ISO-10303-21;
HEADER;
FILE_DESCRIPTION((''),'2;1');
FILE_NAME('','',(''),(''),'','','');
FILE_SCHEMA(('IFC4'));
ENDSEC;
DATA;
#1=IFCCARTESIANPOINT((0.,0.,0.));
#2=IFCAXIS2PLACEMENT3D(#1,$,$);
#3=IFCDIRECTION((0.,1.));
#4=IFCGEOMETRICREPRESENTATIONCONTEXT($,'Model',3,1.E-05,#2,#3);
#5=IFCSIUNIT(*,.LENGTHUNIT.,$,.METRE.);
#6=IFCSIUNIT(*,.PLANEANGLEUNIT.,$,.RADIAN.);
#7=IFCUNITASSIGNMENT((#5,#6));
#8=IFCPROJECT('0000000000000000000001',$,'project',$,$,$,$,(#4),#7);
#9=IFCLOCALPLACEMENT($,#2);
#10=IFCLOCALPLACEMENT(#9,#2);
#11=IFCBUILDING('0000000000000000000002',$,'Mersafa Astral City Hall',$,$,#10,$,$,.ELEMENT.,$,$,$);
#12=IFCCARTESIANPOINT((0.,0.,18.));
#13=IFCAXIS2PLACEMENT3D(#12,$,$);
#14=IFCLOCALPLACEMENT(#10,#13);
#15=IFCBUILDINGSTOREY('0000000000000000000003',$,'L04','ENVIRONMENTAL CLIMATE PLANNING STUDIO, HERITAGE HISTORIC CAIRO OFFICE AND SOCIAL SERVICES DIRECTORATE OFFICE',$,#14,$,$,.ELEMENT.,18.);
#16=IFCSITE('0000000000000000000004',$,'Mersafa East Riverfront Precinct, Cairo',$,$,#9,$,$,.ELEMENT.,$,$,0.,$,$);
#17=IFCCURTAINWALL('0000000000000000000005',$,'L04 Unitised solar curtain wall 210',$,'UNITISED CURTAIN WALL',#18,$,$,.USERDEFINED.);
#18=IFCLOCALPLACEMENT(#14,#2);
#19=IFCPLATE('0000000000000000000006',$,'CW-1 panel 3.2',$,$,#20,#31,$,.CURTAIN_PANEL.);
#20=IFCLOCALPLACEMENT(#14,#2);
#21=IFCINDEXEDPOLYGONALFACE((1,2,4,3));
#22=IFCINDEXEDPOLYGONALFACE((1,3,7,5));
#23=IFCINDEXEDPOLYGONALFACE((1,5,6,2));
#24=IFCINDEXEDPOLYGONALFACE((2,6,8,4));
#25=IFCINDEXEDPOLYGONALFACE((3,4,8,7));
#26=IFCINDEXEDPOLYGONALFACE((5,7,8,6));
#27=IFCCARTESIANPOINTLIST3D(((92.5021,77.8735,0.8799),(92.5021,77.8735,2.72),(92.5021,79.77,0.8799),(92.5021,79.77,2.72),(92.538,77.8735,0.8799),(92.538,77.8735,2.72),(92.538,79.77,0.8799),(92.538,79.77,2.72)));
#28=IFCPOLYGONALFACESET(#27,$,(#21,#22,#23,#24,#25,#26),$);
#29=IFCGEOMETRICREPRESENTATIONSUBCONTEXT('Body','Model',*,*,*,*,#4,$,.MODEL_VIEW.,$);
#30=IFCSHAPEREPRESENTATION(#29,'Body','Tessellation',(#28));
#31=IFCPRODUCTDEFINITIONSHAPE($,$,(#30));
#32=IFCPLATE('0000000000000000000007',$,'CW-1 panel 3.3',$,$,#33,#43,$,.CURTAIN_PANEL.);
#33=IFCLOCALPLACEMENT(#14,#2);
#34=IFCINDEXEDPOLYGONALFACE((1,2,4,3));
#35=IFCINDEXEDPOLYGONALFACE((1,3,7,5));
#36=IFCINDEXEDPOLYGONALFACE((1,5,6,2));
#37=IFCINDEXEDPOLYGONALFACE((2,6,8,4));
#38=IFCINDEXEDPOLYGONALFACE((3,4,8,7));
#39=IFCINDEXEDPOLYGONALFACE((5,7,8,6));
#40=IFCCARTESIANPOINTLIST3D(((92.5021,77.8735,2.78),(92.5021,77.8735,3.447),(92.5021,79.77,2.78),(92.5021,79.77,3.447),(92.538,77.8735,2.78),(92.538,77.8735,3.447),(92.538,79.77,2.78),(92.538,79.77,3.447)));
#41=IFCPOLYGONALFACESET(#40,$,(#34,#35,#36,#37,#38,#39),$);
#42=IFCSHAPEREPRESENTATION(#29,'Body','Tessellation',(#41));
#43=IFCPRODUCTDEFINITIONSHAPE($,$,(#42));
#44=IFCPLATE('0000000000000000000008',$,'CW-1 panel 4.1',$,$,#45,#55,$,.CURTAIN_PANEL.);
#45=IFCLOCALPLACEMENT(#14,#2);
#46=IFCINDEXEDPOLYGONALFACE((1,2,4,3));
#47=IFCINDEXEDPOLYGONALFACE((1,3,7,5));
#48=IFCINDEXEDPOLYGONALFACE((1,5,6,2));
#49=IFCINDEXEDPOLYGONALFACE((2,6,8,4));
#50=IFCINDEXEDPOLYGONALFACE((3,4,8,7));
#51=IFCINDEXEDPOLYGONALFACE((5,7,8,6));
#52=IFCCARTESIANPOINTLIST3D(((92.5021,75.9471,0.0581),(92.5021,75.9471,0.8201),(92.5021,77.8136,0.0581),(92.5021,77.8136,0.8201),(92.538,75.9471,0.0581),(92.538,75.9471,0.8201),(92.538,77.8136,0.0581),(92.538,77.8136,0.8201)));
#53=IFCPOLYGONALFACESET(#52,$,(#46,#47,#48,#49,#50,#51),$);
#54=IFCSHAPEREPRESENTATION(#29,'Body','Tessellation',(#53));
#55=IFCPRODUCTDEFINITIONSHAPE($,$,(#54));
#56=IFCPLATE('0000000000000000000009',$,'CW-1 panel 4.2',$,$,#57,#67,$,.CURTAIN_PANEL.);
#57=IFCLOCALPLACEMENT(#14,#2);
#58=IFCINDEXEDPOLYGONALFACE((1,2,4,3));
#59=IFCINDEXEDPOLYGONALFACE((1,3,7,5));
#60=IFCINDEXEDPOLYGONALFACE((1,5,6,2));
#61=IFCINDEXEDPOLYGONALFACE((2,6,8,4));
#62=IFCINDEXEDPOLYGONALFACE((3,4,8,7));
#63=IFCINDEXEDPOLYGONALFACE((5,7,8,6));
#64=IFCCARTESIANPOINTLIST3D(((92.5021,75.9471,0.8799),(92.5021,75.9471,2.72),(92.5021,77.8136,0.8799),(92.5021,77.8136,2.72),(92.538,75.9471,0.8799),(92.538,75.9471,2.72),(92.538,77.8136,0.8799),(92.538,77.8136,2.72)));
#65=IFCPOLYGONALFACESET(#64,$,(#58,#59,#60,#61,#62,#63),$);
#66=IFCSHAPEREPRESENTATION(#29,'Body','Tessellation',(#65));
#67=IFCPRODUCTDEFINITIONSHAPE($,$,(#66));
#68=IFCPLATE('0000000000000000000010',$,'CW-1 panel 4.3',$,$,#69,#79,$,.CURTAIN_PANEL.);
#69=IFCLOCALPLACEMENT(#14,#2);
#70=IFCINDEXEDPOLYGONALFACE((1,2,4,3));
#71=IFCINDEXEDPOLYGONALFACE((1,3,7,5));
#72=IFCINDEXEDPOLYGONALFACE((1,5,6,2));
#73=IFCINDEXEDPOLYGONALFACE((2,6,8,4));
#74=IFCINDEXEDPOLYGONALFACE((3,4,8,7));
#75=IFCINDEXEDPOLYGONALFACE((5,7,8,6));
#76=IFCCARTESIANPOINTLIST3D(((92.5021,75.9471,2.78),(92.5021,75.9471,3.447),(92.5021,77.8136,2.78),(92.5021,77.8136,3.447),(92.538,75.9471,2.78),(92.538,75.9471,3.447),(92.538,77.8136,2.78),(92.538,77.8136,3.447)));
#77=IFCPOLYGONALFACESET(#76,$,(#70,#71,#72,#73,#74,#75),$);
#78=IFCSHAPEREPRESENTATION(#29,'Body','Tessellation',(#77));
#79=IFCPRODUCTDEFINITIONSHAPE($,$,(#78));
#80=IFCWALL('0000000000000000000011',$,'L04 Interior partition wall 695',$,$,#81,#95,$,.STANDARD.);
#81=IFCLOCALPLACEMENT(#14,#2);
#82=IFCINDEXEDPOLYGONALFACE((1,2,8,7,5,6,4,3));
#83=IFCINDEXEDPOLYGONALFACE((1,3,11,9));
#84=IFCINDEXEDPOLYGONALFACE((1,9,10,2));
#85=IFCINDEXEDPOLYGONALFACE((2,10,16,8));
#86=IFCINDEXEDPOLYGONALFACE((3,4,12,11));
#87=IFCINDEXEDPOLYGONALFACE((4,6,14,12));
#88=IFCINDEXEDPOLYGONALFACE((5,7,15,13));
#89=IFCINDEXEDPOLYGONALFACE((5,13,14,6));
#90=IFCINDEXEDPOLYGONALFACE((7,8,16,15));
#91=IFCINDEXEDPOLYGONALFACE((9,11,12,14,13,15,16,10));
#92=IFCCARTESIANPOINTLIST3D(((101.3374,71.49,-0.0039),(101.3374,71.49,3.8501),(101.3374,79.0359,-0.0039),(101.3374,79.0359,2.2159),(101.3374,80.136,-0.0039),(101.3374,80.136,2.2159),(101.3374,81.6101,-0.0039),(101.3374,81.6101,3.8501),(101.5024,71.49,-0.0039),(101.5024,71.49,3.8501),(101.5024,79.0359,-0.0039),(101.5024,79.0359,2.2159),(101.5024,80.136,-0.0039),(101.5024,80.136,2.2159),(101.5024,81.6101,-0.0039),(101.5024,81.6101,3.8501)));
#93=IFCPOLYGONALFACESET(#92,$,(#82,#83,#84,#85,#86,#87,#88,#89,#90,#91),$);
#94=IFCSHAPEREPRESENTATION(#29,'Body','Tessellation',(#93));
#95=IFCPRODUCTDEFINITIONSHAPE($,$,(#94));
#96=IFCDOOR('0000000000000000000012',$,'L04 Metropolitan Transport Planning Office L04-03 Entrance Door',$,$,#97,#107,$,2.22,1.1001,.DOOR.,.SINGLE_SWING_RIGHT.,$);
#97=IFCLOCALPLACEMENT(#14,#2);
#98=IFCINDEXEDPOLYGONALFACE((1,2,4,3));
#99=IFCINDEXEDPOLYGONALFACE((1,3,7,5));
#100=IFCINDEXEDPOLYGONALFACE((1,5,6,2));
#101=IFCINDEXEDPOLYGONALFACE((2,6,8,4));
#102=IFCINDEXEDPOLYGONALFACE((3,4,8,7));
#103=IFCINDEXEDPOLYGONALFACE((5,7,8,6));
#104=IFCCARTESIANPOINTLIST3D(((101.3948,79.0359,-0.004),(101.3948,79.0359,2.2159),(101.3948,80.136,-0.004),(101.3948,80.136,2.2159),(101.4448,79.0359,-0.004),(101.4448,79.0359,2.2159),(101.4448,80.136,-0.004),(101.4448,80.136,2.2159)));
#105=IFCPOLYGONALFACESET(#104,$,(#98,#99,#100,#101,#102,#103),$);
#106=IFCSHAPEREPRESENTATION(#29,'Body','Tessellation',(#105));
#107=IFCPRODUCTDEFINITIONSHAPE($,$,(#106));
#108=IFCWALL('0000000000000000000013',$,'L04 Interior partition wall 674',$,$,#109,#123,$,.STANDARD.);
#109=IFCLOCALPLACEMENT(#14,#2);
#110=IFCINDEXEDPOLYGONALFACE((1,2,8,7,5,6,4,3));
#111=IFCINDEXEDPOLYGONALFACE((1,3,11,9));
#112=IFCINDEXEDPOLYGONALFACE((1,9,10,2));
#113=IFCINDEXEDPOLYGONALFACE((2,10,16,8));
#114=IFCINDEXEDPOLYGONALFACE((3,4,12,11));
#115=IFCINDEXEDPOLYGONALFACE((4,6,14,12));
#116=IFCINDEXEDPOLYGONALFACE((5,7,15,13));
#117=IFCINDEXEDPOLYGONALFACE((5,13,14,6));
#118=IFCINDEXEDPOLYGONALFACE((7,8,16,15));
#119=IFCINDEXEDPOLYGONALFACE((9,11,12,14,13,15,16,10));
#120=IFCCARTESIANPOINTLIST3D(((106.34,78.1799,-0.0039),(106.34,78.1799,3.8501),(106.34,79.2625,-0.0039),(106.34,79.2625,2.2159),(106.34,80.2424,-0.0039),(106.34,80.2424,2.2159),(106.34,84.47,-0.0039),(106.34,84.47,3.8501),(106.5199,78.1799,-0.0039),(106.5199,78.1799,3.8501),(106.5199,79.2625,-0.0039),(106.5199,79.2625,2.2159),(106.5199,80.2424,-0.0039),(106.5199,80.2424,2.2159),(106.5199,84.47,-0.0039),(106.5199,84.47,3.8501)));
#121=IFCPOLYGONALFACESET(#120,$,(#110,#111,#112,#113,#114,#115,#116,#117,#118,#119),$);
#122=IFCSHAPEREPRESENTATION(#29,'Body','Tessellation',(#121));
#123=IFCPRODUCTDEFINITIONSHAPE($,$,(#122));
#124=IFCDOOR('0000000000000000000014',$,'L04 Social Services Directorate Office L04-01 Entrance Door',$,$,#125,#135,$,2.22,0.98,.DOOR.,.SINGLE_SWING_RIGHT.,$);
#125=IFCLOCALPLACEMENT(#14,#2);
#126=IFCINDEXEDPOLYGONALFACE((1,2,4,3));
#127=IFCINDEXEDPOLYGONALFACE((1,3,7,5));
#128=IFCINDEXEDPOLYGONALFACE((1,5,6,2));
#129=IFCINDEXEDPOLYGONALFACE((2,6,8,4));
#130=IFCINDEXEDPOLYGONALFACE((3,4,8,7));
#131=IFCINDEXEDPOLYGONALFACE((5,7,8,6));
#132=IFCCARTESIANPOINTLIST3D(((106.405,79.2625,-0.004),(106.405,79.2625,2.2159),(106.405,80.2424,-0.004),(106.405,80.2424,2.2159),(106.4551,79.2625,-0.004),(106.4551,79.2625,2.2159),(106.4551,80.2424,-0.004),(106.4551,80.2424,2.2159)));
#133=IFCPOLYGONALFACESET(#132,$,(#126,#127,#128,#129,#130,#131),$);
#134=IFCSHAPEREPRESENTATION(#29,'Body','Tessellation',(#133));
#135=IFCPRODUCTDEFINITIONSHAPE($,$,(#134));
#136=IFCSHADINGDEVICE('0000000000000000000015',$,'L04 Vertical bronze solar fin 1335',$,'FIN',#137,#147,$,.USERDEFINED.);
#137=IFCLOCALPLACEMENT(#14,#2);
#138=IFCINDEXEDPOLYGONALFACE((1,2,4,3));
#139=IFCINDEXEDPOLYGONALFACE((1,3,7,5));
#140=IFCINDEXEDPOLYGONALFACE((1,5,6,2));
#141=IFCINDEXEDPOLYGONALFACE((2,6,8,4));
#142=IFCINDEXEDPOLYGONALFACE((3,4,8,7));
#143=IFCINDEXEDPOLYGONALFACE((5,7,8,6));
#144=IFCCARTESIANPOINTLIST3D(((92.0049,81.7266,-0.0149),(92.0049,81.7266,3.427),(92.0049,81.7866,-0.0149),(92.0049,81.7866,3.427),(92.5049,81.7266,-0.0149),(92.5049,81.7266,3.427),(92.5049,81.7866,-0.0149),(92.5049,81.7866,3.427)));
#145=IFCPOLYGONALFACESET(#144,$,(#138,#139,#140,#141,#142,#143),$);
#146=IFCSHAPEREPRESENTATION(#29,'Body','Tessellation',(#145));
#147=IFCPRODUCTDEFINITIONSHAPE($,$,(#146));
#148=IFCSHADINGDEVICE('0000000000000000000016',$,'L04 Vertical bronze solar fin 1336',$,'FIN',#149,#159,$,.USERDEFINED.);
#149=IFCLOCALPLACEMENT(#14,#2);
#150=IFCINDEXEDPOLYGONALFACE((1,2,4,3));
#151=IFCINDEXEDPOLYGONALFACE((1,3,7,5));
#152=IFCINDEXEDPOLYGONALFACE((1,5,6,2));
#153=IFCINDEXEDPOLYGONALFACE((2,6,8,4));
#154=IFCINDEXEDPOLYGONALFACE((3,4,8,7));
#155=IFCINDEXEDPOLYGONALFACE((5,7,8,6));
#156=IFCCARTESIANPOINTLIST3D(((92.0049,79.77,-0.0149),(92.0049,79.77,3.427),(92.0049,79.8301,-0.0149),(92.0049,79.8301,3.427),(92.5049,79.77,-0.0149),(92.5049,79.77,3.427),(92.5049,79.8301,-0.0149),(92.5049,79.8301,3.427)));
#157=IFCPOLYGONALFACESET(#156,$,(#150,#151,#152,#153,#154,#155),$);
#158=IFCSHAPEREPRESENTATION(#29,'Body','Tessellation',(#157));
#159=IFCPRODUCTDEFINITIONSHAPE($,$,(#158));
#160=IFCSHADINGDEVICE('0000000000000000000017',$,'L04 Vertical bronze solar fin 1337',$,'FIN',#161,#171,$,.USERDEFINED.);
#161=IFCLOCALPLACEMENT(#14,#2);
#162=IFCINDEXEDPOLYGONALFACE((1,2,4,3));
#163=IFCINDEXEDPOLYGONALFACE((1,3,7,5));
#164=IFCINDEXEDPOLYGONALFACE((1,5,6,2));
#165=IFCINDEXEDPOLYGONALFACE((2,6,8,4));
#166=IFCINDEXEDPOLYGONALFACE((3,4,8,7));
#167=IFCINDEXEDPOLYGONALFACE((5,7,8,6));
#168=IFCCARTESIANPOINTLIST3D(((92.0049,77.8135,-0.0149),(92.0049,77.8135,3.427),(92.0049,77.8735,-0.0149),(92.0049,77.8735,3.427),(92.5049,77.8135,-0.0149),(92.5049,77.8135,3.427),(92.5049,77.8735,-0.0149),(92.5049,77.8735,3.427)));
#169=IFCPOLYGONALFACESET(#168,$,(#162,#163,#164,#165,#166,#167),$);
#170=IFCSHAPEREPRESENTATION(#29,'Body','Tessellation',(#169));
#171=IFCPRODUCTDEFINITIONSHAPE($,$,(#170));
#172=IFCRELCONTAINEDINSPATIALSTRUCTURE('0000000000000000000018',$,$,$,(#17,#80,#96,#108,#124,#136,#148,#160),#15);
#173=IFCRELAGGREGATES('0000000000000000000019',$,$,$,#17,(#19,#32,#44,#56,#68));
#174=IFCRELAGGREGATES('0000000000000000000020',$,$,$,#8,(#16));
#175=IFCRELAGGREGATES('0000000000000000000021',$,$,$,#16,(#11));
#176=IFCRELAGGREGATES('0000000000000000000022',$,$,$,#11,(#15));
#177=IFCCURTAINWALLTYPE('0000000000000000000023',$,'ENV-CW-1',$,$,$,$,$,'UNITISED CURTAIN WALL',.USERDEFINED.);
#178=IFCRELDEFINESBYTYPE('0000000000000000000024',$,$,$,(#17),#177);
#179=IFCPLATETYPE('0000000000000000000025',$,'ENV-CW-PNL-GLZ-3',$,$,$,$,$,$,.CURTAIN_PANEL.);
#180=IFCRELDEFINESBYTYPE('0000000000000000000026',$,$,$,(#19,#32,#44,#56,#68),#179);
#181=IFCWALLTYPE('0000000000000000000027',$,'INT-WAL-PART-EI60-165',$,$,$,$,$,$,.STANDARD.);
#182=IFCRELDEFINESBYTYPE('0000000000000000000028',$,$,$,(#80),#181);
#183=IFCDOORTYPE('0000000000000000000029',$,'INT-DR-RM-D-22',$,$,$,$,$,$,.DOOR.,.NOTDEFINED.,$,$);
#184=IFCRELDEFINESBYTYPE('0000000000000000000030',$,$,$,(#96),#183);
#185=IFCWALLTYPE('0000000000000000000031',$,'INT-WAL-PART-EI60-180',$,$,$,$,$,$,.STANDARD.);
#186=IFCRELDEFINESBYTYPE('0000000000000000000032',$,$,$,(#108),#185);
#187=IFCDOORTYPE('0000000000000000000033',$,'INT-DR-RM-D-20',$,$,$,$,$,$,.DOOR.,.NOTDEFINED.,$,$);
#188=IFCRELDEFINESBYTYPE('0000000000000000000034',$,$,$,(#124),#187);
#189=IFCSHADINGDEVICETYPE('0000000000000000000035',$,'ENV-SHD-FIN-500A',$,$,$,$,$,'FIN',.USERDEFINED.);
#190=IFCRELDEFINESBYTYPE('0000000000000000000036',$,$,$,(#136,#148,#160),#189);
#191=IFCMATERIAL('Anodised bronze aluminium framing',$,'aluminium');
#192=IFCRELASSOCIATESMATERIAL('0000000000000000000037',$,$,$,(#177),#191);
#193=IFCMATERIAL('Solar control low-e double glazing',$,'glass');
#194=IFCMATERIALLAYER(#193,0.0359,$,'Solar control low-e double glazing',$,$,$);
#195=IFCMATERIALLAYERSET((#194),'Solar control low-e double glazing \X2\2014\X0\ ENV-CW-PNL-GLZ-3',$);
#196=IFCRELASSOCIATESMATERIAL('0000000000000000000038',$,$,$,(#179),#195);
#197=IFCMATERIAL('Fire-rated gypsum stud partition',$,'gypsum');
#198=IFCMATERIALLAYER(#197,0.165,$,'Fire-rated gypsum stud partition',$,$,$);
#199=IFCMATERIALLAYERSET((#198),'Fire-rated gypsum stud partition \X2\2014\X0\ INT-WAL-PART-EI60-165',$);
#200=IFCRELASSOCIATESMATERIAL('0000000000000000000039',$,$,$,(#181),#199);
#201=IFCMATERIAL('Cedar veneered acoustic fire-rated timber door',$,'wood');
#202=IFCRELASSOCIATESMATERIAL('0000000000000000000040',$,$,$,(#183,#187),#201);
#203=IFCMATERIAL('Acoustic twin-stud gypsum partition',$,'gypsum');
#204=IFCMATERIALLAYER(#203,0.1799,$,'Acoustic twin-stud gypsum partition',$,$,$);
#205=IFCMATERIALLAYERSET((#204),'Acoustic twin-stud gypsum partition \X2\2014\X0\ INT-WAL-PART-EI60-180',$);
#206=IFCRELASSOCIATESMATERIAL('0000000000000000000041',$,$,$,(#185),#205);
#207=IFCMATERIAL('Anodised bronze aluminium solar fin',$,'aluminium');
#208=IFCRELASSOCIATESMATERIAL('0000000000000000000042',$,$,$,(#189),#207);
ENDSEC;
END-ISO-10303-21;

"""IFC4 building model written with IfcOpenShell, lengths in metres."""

from ifc_helpers import new_model, si_unit, direction, frame, frame_2d, origin, origin_2d, place, context, subcontext, project, spatial, rectangle, extrude, material, layer, layer_set, type_object, element, fill, aggregate, save


model = new_model("IFC4")

# Units and contexts
model_context = context("Model", 3, precision=1e-05, world=origin(), true_north=direction((0.0, 1.0)))
body_context = subcontext(model_context, "Body", "Model", "MODEL_VIEW")
ifc_project = project(units=[si_unit("LENGTHUNIT", "METRE"), si_unit("PLANEANGLEUNIT", "RADIAN")], contexts=[model_context])

# Site, building, storey
site_placement = place(None, origin())
site = spatial("IfcSite", under=ifc_project, at=site_placement, Name="Mersafa East Riverfront Precinct, Cairo", CompositionType="ELEMENT", RefElevation=0.0)
building_placement = place(site_placement, origin())
building = spatial("IfcBuilding", under=site, at=building_placement, Name="Mersafa Astral City Hall", CompositionType="ELEMENT")
storey_placement = place(building_placement, frame((0.0, 0.0, 18.0)))
storey = spatial("IfcBuildingStorey", under=building, at=storey_placement, Name="L04", Description="ENVIRONMENTAL CLIMATE PLANNING STUDIO, HERITAGE HISTORIC CAIRO OFFICE AND SOCIAL SERVICES DIRECTORATE OFFICE", CompositionType="ELEMENT", Elevation=18.0)

# Curtain wall, plates
ifc_material_1 = material(Name="Anodised bronze aluminium framing", Category="aluminium")
curtain_wall_type = type_object("IfcCurtainWallType", Name="ENV-CW-1", ElementType="UNITISED CURTAIN WALL", PredefinedType="USERDEFINED", material=ifc_material_1)
curtain_wall_placement = place(storey_placement, origin())
curtain_wall = element("IfcCurtainWall", 1, at=curtain_wall_placement, inside=storey, type_object=curtain_wall_type, Name="L04 Unitised solar curtain wall 210", ObjectType="UNITISED CURTAIN WALL", PredefinedType="USERDEFINED")
ifc_material_2 = material(Name="Solar control low-e double glazing", Category="glass")
ifc_layer_1 = layer(ifc_material_2, 0.0359, Name="Solar control low-e double glazing")
ifc_layer_set_1 = layer_set([ifc_layer_1], Name="Solar control low-e double glazing — ENV-CW-PNL-GLZ-3")
plate_type = type_object("IfcPlateType", Name="ENV-CW-PNL-GLZ-3", PredefinedType="CURTAIN_PANEL", material=ifc_layer_set_1)
plate_1_placement = place(storey_placement, frame((92.52, 78.8218, 0.8799), z_axis=(0.0, 0.0, 1.0), x_axis=(0.0, -1.0, 0.0)))
plate_1 = element("IfcPlate", 2, at=plate_1_placement, type_object=plate_type, Name="CW-1 panel 3.2", PredefinedType="CURTAIN_PANEL", context=body_context, shape_type="SweptSolid", body=[
    extrude(rectangle(XDim=1.8965, YDim=0.0359, at=origin_2d()), origin(), (0.0, 0.0, 1.0), 1.8401),
])
plate_2_placement = place(storey_placement, frame((92.52, 78.8218, 2.78), z_axis=(0.0, 0.0, 1.0), x_axis=(0.0, -1.0, 0.0)))
plate_2 = element("IfcPlate", 3, at=plate_2_placement, type_object=plate_type, Name="CW-1 panel 3.3", PredefinedType="CURTAIN_PANEL", context=body_context, shape_type="SweptSolid", body=[
    extrude(rectangle(XDim=1.8965, YDim=0.0359, at=origin_2d()), origin(), (0.0, 0.0, 1.0), 0.667),
])
plate_3_placement = place(storey_placement, frame((92.52, 76.8804, 0.0581), z_axis=(0.0, 0.0, 1.0), x_axis=(0.0, -1.0, 0.0)))
plate_3 = element("IfcPlate", 4, at=plate_3_placement, type_object=plate_type, Name="CW-1 panel 4.1", PredefinedType="CURTAIN_PANEL", context=body_context, shape_type="SweptSolid", body=[
    extrude(rectangle(XDim=1.8665, YDim=0.0359, at=origin_2d()), origin(), (0.0, 0.0, 1.0), 0.762),
])
plate_4_placement = place(storey_placement, frame((92.52, 76.8804, 0.8799), z_axis=(0.0, 0.0, 1.0), x_axis=(0.0, -1.0, 0.0)))
plate_4 = element("IfcPlate", 5, at=plate_4_placement, type_object=plate_type, Name="CW-1 panel 4.2", PredefinedType="CURTAIN_PANEL", context=body_context, shape_type="SweptSolid", body=[
    extrude(rectangle(XDim=1.8665, YDim=0.0359, at=origin_2d()), origin(), (0.0, 0.0, 1.0), 1.8401),
])
plate_5_placement = place(storey_placement, frame((92.52, 76.8804, 2.78), z_axis=(0.0, 0.0, 1.0), x_axis=(0.0, -1.0, 0.0)))
plate_5 = element("IfcPlate", 6, at=plate_5_placement, type_object=plate_type, Name="CW-1 panel 4.3", PredefinedType="CURTAIN_PANEL", context=body_context, shape_type="SweptSolid", body=[
    extrude(rectangle(XDim=1.8665, YDim=0.0359, at=origin_2d()), origin(), (0.0, 0.0, 1.0), 0.667),
])
aggregate(curtain_wall, [plate_1, plate_2, plate_3, plate_4, plate_5])

# Walls, openings, doors
ifc_material_3 = material(Name="Fire-rated gypsum stud partition", Category="gypsum")
ifc_layer_2 = layer(ifc_material_3, 0.165, Name="Fire-rated gypsum stud partition")
ifc_layer_set_2 = layer_set([ifc_layer_2], Name="Fire-rated gypsum stud partition — INT-WAL-PART-EI60-165")
wall_type_1 = type_object("IfcWallType", Name="INT-WAL-PART-EI60-165", PredefinedType="STANDARD", material=ifc_layer_set_2)
wall_1_placement = place(storey_placement, frame((101.4199, 81.6101, -0.0039), z_axis=(0.0, 0.0, 1.0), x_axis=(0.0, -1.0, 0.0)))
wall_1 = element("IfcWall", 7, at=wall_1_placement, inside=storey, type_object=wall_type_1, Name="L04 Interior partition wall 695", PredefinedType="STANDARD", context=body_context, shape_type="SweptSolid", body=[
    extrude(rectangle(XDim=10.1201, YDim=0.165, at=frame_2d((5.0601, 0.0))), origin(), (0.0, 0.0, 1.0), 3.854),
])
opening_1_placement = place(wall_1_placement, frame((1.4741, 0.0, 0.0)))
opening_1 = element("IfcOpeningElement", 8, at=opening_1_placement, cuts=wall_1, PredefinedType="OPENING", context=body_context, shape_type="SweptSolid", body=[
    extrude(rectangle(XDim=1.1001, YDim=2.22, at=frame_2d((0.55, 1.1099))), frame((0.0, 0.0925, 0.0), z_axis=(0.0, -1.0, 0.0), x_axis=(1.0, 0.0, 0.0)), (0.0, 0.0, 1.0), 0.1851),
])
ifc_material_4 = material(Name="Cedar veneered acoustic fire-rated timber door", Category="wood")
door_type_1 = type_object("IfcDoorType", Name="INT-DR-RM-D-22", OperationType="NOTDEFINED", PredefinedType="DOOR", material=ifc_material_4)
door_1_placement = place(opening_1_placement, origin())
door_1 = element("IfcDoor", 9, at=door_1_placement, inside=storey, type_object=door_type_1, Name="L04 Metropolitan Transport Planning Office L04-03 Entrance Door", OperationType="SINGLE_SWING_RIGHT", OverallHeight=2.22, OverallWidth=1.1001, PredefinedType="DOOR", context=body_context, shape_type="SweptSolid", body=[
    extrude(rectangle(XDim=1.1001, YDim=2.22, at=frame_2d((0.55, 1.1099))), frame((0.0, 0.0249, 0.0), z_axis=(0.0, -1.0, 0.0), x_axis=(1.0, 0.0, 0.0)), (0.0, 0.0, 1.0), 0.05),
])
fill(opening_1, door_1)
ifc_material_5 = material(Name="Acoustic twin-stud gypsum partition", Category="gypsum")
ifc_layer_3 = layer(ifc_material_5, 0.1799, Name="Acoustic twin-stud gypsum partition")
ifc_layer_set_3 = layer_set([ifc_layer_3], Name="Acoustic twin-stud gypsum partition — INT-WAL-PART-EI60-180")
wall_type_2 = type_object("IfcWallType", Name="INT-WAL-PART-EI60-180", PredefinedType="STANDARD", material=ifc_layer_set_3)
wall_2_placement = place(storey_placement, frame((106.4299, 78.1799, -0.0039), z_axis=(0.0, 0.0, 1.0), x_axis=(0.0, 1.0, 0.0)))
wall_2 = element("IfcWall", 10, at=wall_2_placement, inside=storey, type_object=wall_type_2, Name="L04 Interior partition wall 674", PredefinedType="STANDARD", context=body_context, shape_type="SweptSolid", body=[
    extrude(rectangle(XDim=6.29, YDim=0.1799, at=frame_2d((3.145, 0.0))), origin(), (0.0, 0.0, 1.0), 3.854),
])
opening_2_placement = place(wall_2_placement, frame((1.0825, 0.0, 0.0)))
opening_2 = element("IfcOpeningElement", 11, at=opening_2_placement, cuts=wall_2, PredefinedType="OPENING", context=body_context, shape_type="SweptSolid", body=[
    extrude(rectangle(XDim=0.98, YDim=2.22, at=frame_2d((0.49, 1.1099))), frame((0.0, 0.0999, 0.0), z_axis=(0.0, -1.0, 0.0), x_axis=(1.0, 0.0, 0.0)), (0.0, 0.0, 1.0), 0.2),
])
door_type_2 = type_object("IfcDoorType", Name="INT-DR-RM-D-20", OperationType="NOTDEFINED", PredefinedType="DOOR", material=ifc_material_4)
door_2_placement = place(opening_2_placement, origin())
door_2 = element("IfcDoor", 12, at=door_2_placement, inside=storey, type_object=door_type_2, Name="L04 Social Services Directorate Office L04-01 Entrance Door", OperationType="SINGLE_SWING_RIGHT", OverallHeight=2.22, OverallWidth=0.98, PredefinedType="DOOR", context=body_context, shape_type="SweptSolid", body=[
    extrude(rectangle(XDim=0.98, YDim=2.22, at=frame_2d((0.49, 1.1099))), frame((0.0, 0.0249, 0.0), z_axis=(0.0, -1.0, 0.0), x_axis=(1.0, 0.0, 0.0)), (0.0, 0.0, 1.0), 0.05),
])
fill(opening_2, door_2)

# Shading devices
ifc_material_6 = material(Name="Anodised bronze aluminium solar fin", Category="aluminium")
shading_device_type = type_object("IfcShadingDeviceType", Name="ENV-SHD-FIN-500A", ElementType="FIN", PredefinedType="USERDEFINED", material=ifc_material_6)
for number, where, z_axis, x_axis, name in (
    (13, (92.2549, 81.7566, -0.0149), (0.0, 0.0, 1.0), (0.0, -1.0, 0.0), "L04 Vertical bronze solar fin 1335"),
    (14, (92.2549, 79.8, -0.0149), (0.0, 0.0, 1.0), (0.0, -1.0, 0.0), "L04 Vertical bronze solar fin 1336"),
    (15, (92.2549, 77.8435, -0.0149), (0.0, 0.0, 1.0), (0.0, -1.0, 0.0), "L04 Vertical bronze solar fin 1337"),
):
    element("IfcShadingDevice", number, at=place(storey_placement, frame(where, z_axis=z_axis, x_axis=x_axis)), inside=storey, type_object=shading_device_type, Name=name, ObjectType="FIN", PredefinedType="USERDEFINED", context=body_context, shape_type="SweptSolid", body=[
        extrude(rectangle(XDim=0.0601, YDim=0.5, at=origin_2d()), origin(), (0.0, 0.0, 1.0), 3.4419),
    ])

save(model, "model.ifc")
